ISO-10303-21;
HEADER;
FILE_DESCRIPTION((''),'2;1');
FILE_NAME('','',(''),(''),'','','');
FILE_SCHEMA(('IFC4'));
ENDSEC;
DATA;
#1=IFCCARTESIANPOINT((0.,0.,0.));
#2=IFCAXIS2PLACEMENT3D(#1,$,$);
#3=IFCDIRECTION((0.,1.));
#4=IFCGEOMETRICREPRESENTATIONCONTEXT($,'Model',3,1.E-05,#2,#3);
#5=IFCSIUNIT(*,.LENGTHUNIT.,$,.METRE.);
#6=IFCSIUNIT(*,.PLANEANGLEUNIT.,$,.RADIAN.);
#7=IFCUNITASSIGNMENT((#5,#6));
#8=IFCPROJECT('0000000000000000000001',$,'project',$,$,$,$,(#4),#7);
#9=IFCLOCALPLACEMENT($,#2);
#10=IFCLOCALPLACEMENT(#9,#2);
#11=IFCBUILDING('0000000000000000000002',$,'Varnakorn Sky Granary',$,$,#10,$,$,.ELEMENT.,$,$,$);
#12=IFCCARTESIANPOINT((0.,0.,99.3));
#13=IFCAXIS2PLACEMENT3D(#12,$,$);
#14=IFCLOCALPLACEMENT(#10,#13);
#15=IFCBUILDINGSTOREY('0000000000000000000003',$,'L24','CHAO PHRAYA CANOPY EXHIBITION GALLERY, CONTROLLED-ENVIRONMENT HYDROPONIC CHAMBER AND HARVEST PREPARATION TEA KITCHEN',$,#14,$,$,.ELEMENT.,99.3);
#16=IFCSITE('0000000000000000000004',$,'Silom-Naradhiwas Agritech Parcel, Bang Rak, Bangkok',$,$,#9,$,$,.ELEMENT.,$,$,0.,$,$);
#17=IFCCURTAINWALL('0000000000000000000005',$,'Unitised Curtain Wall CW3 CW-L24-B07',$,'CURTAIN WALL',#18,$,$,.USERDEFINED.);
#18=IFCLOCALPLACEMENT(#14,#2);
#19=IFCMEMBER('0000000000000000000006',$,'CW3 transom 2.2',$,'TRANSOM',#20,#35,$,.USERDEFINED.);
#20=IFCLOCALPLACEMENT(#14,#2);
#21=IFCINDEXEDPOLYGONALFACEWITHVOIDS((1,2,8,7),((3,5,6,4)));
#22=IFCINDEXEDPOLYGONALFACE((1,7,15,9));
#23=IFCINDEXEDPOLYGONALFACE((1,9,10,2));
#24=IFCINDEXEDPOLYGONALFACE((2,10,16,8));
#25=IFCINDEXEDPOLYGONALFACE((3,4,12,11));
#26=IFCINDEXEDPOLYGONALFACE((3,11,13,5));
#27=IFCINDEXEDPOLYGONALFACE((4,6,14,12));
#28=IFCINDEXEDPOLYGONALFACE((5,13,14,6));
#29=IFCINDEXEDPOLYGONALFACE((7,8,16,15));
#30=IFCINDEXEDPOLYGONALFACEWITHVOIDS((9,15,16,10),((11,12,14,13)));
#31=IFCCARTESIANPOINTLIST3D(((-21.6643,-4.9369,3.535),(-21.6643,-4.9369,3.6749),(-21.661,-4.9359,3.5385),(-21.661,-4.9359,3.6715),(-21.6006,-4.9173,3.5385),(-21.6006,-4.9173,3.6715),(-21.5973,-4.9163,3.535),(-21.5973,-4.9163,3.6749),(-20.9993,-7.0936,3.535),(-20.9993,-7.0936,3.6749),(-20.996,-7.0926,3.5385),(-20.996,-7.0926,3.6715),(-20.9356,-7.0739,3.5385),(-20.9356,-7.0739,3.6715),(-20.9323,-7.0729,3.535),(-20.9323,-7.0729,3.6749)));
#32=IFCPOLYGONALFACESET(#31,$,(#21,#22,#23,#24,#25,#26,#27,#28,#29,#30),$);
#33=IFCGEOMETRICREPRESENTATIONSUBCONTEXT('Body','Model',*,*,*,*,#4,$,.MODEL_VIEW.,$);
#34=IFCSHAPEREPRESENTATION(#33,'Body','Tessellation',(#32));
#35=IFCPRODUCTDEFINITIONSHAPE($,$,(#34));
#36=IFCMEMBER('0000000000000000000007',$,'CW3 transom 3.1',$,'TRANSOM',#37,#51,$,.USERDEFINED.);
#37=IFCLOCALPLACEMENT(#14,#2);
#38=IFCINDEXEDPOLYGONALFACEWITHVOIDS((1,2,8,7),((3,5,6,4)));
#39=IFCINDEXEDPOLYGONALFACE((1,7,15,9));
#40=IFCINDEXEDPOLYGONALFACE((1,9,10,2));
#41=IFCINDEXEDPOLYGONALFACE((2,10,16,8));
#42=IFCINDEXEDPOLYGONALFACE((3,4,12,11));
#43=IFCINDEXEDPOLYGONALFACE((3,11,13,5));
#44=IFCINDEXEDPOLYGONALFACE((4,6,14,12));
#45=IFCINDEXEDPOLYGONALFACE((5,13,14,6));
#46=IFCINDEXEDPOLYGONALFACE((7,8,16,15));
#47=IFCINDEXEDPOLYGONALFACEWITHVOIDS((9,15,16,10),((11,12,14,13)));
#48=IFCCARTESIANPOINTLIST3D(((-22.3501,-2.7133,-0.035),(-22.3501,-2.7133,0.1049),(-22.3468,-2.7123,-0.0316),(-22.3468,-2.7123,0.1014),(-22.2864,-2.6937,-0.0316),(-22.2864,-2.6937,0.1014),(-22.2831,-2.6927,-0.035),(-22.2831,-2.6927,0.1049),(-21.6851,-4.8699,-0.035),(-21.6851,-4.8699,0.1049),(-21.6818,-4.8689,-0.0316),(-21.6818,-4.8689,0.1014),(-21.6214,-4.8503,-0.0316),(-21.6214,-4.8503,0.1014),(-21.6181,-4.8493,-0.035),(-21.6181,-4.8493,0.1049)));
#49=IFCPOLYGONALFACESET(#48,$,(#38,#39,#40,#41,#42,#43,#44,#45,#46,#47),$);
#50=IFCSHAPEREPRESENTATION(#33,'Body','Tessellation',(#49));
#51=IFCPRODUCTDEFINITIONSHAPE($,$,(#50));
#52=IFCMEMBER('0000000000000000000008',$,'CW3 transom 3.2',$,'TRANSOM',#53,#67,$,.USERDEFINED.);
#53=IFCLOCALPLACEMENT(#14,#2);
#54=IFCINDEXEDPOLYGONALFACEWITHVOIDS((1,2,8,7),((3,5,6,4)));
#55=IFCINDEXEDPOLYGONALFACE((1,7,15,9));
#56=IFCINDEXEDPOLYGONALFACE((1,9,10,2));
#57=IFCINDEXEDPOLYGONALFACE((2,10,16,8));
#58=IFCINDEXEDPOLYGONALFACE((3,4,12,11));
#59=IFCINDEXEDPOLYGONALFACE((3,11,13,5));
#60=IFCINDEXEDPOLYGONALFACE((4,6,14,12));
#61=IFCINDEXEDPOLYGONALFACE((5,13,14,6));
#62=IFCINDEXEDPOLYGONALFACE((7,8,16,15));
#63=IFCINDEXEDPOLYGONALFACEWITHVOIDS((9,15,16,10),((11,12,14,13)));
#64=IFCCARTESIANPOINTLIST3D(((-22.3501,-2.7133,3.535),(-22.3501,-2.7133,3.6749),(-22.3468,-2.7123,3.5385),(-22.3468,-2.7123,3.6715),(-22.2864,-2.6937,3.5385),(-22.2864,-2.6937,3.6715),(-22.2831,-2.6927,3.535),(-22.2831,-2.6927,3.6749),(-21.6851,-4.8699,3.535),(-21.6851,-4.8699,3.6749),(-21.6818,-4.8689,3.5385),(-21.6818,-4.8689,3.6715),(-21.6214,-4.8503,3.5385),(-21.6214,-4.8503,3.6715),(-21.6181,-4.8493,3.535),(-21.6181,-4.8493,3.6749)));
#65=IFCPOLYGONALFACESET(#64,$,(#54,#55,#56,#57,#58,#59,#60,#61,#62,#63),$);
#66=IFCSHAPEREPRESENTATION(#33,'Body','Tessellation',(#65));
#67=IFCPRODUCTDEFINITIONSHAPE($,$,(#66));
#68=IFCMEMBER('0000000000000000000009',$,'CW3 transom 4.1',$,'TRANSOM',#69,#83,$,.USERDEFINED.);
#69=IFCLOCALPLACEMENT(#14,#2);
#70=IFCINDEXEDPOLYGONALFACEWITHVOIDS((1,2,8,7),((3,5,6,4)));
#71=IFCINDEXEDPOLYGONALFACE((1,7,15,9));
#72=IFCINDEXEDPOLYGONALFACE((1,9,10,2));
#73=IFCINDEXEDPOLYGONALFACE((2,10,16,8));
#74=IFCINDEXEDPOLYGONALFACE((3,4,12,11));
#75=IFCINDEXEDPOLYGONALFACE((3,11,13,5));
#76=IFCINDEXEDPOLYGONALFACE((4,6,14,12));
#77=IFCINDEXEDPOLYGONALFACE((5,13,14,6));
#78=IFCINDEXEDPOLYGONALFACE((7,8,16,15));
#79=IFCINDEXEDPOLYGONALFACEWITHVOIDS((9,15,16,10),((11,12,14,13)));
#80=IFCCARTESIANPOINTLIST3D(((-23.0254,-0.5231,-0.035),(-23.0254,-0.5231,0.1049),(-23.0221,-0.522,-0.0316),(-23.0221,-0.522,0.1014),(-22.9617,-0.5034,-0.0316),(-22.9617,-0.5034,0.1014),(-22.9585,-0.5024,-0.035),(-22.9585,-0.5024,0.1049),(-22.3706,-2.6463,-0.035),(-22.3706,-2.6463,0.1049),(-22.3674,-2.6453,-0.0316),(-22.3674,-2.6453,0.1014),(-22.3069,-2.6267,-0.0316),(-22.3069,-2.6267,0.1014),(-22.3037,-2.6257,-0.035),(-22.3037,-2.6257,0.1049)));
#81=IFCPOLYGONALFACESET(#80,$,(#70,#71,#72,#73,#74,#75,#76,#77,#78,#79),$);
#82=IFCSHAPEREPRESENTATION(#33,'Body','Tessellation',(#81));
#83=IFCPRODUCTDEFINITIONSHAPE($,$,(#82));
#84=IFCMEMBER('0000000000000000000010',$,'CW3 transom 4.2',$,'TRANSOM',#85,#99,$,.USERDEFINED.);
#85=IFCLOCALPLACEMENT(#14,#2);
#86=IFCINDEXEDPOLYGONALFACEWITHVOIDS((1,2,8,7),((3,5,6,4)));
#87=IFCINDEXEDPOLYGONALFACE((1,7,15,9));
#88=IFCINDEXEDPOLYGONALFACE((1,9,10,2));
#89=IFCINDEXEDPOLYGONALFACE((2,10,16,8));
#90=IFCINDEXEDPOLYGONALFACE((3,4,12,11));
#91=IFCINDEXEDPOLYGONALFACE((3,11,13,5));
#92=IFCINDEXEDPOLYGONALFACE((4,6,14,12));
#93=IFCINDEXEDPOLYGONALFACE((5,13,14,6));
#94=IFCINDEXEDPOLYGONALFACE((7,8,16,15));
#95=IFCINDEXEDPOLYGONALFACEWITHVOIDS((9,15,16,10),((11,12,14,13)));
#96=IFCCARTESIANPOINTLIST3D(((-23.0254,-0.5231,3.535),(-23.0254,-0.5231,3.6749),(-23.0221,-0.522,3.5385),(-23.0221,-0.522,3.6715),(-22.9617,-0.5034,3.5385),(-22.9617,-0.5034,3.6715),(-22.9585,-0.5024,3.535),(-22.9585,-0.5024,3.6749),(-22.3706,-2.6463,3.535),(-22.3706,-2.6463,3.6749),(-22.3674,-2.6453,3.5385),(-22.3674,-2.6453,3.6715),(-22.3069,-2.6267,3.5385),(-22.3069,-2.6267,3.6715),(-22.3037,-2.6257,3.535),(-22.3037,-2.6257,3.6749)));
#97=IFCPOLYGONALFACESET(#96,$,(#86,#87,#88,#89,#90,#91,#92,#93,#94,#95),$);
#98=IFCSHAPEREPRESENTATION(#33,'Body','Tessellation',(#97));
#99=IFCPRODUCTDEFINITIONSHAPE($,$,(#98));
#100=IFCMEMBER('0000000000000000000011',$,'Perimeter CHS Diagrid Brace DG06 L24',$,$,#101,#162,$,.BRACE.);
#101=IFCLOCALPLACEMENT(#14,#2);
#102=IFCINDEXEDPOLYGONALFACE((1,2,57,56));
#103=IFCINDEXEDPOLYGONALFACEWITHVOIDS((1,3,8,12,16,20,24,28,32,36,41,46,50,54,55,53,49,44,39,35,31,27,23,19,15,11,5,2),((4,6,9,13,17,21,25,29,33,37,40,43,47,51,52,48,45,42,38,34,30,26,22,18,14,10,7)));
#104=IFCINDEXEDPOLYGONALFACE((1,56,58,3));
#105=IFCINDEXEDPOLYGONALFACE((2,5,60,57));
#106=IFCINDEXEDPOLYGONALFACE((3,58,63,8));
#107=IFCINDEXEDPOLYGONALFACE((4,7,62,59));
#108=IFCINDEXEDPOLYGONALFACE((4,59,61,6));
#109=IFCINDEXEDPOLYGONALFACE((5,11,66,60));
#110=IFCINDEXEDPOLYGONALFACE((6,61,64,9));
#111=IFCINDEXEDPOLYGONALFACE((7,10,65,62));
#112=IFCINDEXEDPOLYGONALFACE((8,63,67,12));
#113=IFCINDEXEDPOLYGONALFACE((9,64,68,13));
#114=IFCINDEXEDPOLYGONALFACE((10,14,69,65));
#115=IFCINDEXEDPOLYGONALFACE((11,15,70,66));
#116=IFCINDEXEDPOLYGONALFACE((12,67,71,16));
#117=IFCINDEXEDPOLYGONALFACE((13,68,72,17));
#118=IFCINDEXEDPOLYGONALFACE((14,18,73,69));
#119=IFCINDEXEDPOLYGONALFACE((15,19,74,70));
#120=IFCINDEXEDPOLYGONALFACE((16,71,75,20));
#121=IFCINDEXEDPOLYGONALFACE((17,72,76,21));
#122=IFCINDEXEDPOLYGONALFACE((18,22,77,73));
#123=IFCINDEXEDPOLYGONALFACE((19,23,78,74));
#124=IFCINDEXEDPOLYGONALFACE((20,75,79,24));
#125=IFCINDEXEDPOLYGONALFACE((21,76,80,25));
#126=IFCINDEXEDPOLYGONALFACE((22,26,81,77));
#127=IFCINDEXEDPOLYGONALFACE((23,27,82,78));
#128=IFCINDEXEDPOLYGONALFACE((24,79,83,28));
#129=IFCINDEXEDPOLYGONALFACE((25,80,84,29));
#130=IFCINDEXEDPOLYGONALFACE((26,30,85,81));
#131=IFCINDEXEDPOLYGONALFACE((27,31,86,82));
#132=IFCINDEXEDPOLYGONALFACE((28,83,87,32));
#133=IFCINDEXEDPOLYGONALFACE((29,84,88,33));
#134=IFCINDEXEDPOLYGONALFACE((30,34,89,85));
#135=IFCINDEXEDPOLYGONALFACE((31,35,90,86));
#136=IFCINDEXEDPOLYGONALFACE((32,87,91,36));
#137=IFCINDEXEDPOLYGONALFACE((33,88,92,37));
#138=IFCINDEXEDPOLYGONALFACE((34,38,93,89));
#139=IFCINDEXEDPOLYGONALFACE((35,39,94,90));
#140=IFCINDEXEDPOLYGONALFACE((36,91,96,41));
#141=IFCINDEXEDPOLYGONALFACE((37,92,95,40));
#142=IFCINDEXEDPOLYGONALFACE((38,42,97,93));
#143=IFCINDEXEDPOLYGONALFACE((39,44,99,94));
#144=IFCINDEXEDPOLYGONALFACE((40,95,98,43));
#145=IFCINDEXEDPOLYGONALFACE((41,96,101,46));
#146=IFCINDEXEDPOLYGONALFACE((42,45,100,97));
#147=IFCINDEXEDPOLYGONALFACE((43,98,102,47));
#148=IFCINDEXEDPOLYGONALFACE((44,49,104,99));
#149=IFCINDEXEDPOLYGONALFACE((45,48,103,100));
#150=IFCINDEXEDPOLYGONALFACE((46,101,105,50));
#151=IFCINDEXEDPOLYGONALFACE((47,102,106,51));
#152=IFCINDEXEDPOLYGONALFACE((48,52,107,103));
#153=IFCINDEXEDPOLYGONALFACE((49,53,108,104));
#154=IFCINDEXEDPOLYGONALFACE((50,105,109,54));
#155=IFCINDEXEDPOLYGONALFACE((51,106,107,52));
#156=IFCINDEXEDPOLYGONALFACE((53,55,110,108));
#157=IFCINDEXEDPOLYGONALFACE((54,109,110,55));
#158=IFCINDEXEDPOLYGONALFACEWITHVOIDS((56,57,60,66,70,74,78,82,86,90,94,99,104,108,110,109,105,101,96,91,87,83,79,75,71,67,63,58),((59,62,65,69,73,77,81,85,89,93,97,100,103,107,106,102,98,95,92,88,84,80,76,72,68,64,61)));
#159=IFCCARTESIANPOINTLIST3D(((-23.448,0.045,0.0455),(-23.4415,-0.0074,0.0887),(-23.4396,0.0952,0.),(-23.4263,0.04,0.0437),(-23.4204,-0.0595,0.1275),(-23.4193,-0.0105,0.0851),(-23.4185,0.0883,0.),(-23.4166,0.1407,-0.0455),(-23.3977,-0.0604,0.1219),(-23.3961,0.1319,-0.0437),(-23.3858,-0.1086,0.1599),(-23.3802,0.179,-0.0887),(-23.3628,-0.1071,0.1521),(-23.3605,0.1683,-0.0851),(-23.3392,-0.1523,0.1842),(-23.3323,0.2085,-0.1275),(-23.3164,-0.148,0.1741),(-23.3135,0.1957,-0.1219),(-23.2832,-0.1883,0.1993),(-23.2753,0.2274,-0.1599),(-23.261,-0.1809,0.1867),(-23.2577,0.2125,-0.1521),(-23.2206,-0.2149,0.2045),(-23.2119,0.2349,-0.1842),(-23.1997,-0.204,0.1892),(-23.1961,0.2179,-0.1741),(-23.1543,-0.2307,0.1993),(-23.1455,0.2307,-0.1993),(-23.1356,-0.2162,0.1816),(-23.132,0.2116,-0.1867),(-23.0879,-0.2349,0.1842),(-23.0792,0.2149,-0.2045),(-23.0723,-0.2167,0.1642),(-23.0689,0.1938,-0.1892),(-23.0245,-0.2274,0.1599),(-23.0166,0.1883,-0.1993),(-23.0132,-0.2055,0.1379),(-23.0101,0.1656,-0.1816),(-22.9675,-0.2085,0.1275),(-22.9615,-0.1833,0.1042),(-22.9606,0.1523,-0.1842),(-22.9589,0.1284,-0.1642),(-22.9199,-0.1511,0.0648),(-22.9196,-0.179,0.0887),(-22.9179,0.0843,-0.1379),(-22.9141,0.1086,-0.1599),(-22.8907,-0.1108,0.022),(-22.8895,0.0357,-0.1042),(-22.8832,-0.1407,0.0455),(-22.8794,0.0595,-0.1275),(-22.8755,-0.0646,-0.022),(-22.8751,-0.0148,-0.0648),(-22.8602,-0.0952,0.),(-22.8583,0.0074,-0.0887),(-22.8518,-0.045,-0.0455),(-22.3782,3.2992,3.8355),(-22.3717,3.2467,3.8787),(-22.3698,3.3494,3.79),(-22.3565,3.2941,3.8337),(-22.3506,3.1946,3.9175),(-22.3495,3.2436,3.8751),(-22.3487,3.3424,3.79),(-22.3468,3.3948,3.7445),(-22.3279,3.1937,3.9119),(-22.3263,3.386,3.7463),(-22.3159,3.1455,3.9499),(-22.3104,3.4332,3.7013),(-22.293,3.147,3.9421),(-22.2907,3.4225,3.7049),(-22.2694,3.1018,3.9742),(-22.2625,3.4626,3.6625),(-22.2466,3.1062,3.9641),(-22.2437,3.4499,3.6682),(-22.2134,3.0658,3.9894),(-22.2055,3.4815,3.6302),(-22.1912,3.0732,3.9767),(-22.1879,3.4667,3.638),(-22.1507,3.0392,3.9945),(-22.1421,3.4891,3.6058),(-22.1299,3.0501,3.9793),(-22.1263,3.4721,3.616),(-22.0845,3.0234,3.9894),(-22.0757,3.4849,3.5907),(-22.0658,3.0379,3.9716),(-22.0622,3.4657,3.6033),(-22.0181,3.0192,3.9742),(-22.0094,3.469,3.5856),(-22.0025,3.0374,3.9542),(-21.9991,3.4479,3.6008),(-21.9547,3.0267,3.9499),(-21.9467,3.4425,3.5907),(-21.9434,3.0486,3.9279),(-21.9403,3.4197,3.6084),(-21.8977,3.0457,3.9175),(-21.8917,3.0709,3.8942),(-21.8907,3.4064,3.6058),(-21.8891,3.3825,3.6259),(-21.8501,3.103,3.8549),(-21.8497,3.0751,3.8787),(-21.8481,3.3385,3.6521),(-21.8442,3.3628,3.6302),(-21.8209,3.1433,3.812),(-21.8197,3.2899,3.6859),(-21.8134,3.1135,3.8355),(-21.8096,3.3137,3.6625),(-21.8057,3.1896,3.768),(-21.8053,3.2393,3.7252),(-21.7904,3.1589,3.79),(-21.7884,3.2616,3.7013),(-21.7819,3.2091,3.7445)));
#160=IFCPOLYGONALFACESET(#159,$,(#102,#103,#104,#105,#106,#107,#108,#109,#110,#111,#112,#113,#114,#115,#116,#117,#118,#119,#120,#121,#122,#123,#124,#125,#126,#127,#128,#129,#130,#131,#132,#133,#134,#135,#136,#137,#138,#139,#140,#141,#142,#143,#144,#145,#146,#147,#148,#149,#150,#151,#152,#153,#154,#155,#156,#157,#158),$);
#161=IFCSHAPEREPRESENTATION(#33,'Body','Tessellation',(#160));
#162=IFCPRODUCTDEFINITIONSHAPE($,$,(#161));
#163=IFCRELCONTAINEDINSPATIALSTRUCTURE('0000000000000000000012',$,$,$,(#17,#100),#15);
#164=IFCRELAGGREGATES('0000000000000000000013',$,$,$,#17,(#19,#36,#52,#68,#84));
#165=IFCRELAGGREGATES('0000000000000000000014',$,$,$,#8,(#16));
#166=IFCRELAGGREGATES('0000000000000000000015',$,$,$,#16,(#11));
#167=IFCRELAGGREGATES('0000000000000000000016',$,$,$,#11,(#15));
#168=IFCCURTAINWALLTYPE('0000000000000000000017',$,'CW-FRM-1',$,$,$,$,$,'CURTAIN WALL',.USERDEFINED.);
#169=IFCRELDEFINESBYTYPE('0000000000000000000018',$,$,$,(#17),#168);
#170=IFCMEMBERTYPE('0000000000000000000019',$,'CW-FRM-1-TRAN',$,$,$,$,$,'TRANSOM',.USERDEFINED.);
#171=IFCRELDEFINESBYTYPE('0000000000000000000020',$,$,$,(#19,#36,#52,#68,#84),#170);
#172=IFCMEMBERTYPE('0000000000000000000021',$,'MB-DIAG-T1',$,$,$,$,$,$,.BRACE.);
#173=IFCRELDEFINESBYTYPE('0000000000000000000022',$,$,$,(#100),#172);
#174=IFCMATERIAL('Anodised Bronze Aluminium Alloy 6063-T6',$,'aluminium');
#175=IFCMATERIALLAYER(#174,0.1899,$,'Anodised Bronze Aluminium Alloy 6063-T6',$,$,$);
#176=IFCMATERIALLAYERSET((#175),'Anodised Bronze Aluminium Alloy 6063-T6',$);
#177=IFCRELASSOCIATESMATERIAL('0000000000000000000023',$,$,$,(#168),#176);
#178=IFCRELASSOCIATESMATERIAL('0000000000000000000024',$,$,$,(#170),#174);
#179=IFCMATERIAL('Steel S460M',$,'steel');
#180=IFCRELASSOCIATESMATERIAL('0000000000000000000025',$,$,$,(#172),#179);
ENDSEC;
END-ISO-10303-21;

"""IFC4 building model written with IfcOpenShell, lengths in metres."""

from ifc_helpers import new_model, si_unit, direction, frame, origin, origin_2d, place, context, subcontext, project, spatial, hollow_rectangle, hollow_circle, extrude, material, layer, layer_set, material_profile, profile_set, type_object, element, aggregate, save


model = new_model("IFC4")

# Units and contexts
model_context = context("Model", 3, precision=1e-05, world=origin(), true_north=direction((0.0, 1.0)))
body_context = subcontext(model_context, "Body", "Model", "MODEL_VIEW")
ifc_project = project(units=[si_unit("LENGTHUNIT", "METRE"), si_unit("PLANEANGLEUNIT", "RADIAN")], contexts=[model_context])

# Site, building, storey
site_placement = place(None, origin())
site = spatial("IfcSite", under=ifc_project, at=site_placement, Name="Silom-Naradhiwas Agritech Parcel, Bang Rak, Bangkok", CompositionType="ELEMENT", RefElevation=0.0)
building_placement = place(site_placement, origin())
building = spatial("IfcBuilding", under=site, at=building_placement, Name="Varnakorn Sky Granary", CompositionType="ELEMENT")
storey_placement = place(building_placement, frame((0.0, 0.0, 99.3)))
storey = spatial("IfcBuildingStorey", under=building, at=storey_placement, Name="L24", Description="CHAO PHRAYA CANOPY EXHIBITION GALLERY, CONTROLLED-ENVIRONMENT HYDROPONIC CHAMBER AND HARVEST PREPARATION TEA KITCHEN", CompositionType="ELEMENT", Elevation=99.3)

# Shared definitions
ifc_material_1 = material(Name="Steel S460M", Category="steel")

# Curtain wall, members
ifc_material_2 = material(Name="Anodised Bronze Aluminium Alloy 6063-T6", Category="aluminium")
ifc_layer_1 = layer(ifc_material_2, 0.1899, Name="Anodised Bronze Aluminium Alloy 6063-T6")
ifc_layer_set_1 = layer_set([ifc_layer_1], Name="Anodised Bronze Aluminium Alloy 6063-T6")
curtain_wall_type = type_object("IfcCurtainWallType", Name="CW-FRM-1", ElementType="CURTAIN WALL", PredefinedType="USERDEFINED", material=ifc_layer_set_1)
curtain_wall_placement = place(storey_placement, origin())
curtain_wall = element("IfcCurtainWall", 1, at=curtain_wall_placement, inside=storey, type_object=curtain_wall_type, Name="Unitised Curtain Wall CW3 CW-L24-B07", ObjectType="CURTAIN WALL", PredefinedType="USERDEFINED")
ifc_material_profile_1 = material_profile(ifc_material_2, hollow_rectangle(XDim=0.0701, YDim=0.1399, WallThickness=0.0034, at=origin_2d()), Name="ALU TRAN 70x140")
ifc_profile_set_1 = profile_set([ifc_material_profile_1], Name="Anodised Bronze Aluminium Alloy 6063-T6")
member_type_1 = type_object("IfcMemberType", Name="CW-FRM-1-TRAN", ElementType="TRANSOM", PredefinedType="USERDEFINED", material=ifc_profile_set_1)
member_1_placement = place(storey_placement, frame((-20.9658, -7.0833, 3.605), z_axis=(-0.294663, 0.955601, 0.0), x_axis=(-0.955601, -0.294663, 0.0)))
member_1 = element("IfcMember", 2, at=member_1_placement, type_object=member_type_1, Name="CW3 transom 2.2", ObjectType="TRANSOM", PredefinedType="USERDEFINED", context=body_context, shape_type="SweptSolid", body=[
    extrude(hollow_rectangle(XDim=0.0701, YDim=0.1399, WallThickness=0.0034, at=origin_2d()), origin(), (0.0, 0.0, 1.0), 2.2568),
])
member_2_placement = place(storey_placement, frame((-21.6516, -4.8596, 0.0349), z_axis=(-0.294663, 0.955601, 0.0), x_axis=(-0.955601, -0.294663, 0.0)))
member_2 = element("IfcMember", 3, at=member_2_placement, type_object=member_type_1, Name="CW3 transom 3.1", ObjectType="TRANSOM", PredefinedType="USERDEFINED", context=body_context, shape_type="SweptSolid", body=[
    extrude(hollow_rectangle(XDim=0.0701, YDim=0.1399, WallThickness=0.0034, at=origin_2d()), origin(), (0.0, 0.0, 1.0), 2.2568),
])
member_3_placement = place(storey_placement, frame((-21.6516, -4.8596, 3.605), z_axis=(-0.294663, 0.955601, 0.0), x_axis=(-0.955601, -0.294663, 0.0)))
member_3 = element("IfcMember", 4, at=member_3_placement, type_object=member_type_1, Name="CW3 transom 3.2", ObjectType="TRANSOM", PredefinedType="USERDEFINED", context=body_context, shape_type="SweptSolid", body=[
    extrude(hollow_rectangle(XDim=0.0701, YDim=0.1399, WallThickness=0.0034, at=origin_2d()), origin(), (0.0, 0.0, 1.0), 2.2568),
])
member_4_placement = place(storey_placement, frame((-22.3372, -2.636, 0.0349), z_axis=(-0.294688, 0.955594, 0.0), x_axis=(-0.955594, -0.294688, 0.0)))
member_4 = element("IfcMember", 5, at=member_4_placement, type_object=member_type_1, Name="CW3 transom 4.1", ObjectType="TRANSOM", PredefinedType="USERDEFINED", context=body_context, shape_type="SweptSolid", body=[
    extrude(hollow_rectangle(XDim=0.0701, YDim=0.1399, WallThickness=0.0034, at=origin_2d()), origin(), (0.0, 0.0, 1.0), 2.2219),
])
member_5_placement = place(storey_placement, frame((-22.3372, -2.636, 3.605), z_axis=(-0.294688, 0.955594, 0.0), x_axis=(-0.955594, -0.294688, 0.0)))
member_5 = element("IfcMember", 6, at=member_5_placement, type_object=member_type_1, Name="CW3 transom 4.2", ObjectType="TRANSOM", PredefinedType="USERDEFINED", context=body_context, shape_type="SweptSolid", body=[
    extrude(hollow_rectangle(XDim=0.0701, YDim=0.1399, WallThickness=0.0034, at=origin_2d()), origin(), (0.0, 0.0, 1.0), 2.2219),
])

# Member
ifc_material_profile_2 = material_profile(ifc_material_1, hollow_circle(Radius=0.3049, WallThickness=0.0222, at=origin_2d()), Name="CHS 610x22")
ifc_profile_set_2 = profile_set([ifc_material_profile_2], Name="Steel S460M")
member_type_2 = type_object("IfcMemberType", Name="MB-DIAG-T1", PredefinedType="BRACE", material=ifc_profile_set_2)
for number, where, z_axis, x_axis, name in (
    (7, (-23.1499, 0.0, 0.0), (0.209414, 0.636987, 0.741885), (-0.949979, 0.312312, 0.0), "Perimeter CHS Diagrid Brace DG06 L24"),
):
    element("IfcMember", number, at=place(storey_placement, frame(where, z_axis=z_axis, x_axis=x_axis)), inside=storey, type_object=member_type_2, Name=name, PredefinedType="BRACE", context=body_context, shape_type="SweptSolid", body=[
        extrude(hollow_circle(Radius=0.3049, WallThickness=0.0222, at=origin_2d()), origin(), (0.0, 0.0, 1.0), 5.1086),
    ])

aggregate(curtain_wall, [member_1, member_2, member_3, member_4, member_5])

save(model, "model.ifc")
